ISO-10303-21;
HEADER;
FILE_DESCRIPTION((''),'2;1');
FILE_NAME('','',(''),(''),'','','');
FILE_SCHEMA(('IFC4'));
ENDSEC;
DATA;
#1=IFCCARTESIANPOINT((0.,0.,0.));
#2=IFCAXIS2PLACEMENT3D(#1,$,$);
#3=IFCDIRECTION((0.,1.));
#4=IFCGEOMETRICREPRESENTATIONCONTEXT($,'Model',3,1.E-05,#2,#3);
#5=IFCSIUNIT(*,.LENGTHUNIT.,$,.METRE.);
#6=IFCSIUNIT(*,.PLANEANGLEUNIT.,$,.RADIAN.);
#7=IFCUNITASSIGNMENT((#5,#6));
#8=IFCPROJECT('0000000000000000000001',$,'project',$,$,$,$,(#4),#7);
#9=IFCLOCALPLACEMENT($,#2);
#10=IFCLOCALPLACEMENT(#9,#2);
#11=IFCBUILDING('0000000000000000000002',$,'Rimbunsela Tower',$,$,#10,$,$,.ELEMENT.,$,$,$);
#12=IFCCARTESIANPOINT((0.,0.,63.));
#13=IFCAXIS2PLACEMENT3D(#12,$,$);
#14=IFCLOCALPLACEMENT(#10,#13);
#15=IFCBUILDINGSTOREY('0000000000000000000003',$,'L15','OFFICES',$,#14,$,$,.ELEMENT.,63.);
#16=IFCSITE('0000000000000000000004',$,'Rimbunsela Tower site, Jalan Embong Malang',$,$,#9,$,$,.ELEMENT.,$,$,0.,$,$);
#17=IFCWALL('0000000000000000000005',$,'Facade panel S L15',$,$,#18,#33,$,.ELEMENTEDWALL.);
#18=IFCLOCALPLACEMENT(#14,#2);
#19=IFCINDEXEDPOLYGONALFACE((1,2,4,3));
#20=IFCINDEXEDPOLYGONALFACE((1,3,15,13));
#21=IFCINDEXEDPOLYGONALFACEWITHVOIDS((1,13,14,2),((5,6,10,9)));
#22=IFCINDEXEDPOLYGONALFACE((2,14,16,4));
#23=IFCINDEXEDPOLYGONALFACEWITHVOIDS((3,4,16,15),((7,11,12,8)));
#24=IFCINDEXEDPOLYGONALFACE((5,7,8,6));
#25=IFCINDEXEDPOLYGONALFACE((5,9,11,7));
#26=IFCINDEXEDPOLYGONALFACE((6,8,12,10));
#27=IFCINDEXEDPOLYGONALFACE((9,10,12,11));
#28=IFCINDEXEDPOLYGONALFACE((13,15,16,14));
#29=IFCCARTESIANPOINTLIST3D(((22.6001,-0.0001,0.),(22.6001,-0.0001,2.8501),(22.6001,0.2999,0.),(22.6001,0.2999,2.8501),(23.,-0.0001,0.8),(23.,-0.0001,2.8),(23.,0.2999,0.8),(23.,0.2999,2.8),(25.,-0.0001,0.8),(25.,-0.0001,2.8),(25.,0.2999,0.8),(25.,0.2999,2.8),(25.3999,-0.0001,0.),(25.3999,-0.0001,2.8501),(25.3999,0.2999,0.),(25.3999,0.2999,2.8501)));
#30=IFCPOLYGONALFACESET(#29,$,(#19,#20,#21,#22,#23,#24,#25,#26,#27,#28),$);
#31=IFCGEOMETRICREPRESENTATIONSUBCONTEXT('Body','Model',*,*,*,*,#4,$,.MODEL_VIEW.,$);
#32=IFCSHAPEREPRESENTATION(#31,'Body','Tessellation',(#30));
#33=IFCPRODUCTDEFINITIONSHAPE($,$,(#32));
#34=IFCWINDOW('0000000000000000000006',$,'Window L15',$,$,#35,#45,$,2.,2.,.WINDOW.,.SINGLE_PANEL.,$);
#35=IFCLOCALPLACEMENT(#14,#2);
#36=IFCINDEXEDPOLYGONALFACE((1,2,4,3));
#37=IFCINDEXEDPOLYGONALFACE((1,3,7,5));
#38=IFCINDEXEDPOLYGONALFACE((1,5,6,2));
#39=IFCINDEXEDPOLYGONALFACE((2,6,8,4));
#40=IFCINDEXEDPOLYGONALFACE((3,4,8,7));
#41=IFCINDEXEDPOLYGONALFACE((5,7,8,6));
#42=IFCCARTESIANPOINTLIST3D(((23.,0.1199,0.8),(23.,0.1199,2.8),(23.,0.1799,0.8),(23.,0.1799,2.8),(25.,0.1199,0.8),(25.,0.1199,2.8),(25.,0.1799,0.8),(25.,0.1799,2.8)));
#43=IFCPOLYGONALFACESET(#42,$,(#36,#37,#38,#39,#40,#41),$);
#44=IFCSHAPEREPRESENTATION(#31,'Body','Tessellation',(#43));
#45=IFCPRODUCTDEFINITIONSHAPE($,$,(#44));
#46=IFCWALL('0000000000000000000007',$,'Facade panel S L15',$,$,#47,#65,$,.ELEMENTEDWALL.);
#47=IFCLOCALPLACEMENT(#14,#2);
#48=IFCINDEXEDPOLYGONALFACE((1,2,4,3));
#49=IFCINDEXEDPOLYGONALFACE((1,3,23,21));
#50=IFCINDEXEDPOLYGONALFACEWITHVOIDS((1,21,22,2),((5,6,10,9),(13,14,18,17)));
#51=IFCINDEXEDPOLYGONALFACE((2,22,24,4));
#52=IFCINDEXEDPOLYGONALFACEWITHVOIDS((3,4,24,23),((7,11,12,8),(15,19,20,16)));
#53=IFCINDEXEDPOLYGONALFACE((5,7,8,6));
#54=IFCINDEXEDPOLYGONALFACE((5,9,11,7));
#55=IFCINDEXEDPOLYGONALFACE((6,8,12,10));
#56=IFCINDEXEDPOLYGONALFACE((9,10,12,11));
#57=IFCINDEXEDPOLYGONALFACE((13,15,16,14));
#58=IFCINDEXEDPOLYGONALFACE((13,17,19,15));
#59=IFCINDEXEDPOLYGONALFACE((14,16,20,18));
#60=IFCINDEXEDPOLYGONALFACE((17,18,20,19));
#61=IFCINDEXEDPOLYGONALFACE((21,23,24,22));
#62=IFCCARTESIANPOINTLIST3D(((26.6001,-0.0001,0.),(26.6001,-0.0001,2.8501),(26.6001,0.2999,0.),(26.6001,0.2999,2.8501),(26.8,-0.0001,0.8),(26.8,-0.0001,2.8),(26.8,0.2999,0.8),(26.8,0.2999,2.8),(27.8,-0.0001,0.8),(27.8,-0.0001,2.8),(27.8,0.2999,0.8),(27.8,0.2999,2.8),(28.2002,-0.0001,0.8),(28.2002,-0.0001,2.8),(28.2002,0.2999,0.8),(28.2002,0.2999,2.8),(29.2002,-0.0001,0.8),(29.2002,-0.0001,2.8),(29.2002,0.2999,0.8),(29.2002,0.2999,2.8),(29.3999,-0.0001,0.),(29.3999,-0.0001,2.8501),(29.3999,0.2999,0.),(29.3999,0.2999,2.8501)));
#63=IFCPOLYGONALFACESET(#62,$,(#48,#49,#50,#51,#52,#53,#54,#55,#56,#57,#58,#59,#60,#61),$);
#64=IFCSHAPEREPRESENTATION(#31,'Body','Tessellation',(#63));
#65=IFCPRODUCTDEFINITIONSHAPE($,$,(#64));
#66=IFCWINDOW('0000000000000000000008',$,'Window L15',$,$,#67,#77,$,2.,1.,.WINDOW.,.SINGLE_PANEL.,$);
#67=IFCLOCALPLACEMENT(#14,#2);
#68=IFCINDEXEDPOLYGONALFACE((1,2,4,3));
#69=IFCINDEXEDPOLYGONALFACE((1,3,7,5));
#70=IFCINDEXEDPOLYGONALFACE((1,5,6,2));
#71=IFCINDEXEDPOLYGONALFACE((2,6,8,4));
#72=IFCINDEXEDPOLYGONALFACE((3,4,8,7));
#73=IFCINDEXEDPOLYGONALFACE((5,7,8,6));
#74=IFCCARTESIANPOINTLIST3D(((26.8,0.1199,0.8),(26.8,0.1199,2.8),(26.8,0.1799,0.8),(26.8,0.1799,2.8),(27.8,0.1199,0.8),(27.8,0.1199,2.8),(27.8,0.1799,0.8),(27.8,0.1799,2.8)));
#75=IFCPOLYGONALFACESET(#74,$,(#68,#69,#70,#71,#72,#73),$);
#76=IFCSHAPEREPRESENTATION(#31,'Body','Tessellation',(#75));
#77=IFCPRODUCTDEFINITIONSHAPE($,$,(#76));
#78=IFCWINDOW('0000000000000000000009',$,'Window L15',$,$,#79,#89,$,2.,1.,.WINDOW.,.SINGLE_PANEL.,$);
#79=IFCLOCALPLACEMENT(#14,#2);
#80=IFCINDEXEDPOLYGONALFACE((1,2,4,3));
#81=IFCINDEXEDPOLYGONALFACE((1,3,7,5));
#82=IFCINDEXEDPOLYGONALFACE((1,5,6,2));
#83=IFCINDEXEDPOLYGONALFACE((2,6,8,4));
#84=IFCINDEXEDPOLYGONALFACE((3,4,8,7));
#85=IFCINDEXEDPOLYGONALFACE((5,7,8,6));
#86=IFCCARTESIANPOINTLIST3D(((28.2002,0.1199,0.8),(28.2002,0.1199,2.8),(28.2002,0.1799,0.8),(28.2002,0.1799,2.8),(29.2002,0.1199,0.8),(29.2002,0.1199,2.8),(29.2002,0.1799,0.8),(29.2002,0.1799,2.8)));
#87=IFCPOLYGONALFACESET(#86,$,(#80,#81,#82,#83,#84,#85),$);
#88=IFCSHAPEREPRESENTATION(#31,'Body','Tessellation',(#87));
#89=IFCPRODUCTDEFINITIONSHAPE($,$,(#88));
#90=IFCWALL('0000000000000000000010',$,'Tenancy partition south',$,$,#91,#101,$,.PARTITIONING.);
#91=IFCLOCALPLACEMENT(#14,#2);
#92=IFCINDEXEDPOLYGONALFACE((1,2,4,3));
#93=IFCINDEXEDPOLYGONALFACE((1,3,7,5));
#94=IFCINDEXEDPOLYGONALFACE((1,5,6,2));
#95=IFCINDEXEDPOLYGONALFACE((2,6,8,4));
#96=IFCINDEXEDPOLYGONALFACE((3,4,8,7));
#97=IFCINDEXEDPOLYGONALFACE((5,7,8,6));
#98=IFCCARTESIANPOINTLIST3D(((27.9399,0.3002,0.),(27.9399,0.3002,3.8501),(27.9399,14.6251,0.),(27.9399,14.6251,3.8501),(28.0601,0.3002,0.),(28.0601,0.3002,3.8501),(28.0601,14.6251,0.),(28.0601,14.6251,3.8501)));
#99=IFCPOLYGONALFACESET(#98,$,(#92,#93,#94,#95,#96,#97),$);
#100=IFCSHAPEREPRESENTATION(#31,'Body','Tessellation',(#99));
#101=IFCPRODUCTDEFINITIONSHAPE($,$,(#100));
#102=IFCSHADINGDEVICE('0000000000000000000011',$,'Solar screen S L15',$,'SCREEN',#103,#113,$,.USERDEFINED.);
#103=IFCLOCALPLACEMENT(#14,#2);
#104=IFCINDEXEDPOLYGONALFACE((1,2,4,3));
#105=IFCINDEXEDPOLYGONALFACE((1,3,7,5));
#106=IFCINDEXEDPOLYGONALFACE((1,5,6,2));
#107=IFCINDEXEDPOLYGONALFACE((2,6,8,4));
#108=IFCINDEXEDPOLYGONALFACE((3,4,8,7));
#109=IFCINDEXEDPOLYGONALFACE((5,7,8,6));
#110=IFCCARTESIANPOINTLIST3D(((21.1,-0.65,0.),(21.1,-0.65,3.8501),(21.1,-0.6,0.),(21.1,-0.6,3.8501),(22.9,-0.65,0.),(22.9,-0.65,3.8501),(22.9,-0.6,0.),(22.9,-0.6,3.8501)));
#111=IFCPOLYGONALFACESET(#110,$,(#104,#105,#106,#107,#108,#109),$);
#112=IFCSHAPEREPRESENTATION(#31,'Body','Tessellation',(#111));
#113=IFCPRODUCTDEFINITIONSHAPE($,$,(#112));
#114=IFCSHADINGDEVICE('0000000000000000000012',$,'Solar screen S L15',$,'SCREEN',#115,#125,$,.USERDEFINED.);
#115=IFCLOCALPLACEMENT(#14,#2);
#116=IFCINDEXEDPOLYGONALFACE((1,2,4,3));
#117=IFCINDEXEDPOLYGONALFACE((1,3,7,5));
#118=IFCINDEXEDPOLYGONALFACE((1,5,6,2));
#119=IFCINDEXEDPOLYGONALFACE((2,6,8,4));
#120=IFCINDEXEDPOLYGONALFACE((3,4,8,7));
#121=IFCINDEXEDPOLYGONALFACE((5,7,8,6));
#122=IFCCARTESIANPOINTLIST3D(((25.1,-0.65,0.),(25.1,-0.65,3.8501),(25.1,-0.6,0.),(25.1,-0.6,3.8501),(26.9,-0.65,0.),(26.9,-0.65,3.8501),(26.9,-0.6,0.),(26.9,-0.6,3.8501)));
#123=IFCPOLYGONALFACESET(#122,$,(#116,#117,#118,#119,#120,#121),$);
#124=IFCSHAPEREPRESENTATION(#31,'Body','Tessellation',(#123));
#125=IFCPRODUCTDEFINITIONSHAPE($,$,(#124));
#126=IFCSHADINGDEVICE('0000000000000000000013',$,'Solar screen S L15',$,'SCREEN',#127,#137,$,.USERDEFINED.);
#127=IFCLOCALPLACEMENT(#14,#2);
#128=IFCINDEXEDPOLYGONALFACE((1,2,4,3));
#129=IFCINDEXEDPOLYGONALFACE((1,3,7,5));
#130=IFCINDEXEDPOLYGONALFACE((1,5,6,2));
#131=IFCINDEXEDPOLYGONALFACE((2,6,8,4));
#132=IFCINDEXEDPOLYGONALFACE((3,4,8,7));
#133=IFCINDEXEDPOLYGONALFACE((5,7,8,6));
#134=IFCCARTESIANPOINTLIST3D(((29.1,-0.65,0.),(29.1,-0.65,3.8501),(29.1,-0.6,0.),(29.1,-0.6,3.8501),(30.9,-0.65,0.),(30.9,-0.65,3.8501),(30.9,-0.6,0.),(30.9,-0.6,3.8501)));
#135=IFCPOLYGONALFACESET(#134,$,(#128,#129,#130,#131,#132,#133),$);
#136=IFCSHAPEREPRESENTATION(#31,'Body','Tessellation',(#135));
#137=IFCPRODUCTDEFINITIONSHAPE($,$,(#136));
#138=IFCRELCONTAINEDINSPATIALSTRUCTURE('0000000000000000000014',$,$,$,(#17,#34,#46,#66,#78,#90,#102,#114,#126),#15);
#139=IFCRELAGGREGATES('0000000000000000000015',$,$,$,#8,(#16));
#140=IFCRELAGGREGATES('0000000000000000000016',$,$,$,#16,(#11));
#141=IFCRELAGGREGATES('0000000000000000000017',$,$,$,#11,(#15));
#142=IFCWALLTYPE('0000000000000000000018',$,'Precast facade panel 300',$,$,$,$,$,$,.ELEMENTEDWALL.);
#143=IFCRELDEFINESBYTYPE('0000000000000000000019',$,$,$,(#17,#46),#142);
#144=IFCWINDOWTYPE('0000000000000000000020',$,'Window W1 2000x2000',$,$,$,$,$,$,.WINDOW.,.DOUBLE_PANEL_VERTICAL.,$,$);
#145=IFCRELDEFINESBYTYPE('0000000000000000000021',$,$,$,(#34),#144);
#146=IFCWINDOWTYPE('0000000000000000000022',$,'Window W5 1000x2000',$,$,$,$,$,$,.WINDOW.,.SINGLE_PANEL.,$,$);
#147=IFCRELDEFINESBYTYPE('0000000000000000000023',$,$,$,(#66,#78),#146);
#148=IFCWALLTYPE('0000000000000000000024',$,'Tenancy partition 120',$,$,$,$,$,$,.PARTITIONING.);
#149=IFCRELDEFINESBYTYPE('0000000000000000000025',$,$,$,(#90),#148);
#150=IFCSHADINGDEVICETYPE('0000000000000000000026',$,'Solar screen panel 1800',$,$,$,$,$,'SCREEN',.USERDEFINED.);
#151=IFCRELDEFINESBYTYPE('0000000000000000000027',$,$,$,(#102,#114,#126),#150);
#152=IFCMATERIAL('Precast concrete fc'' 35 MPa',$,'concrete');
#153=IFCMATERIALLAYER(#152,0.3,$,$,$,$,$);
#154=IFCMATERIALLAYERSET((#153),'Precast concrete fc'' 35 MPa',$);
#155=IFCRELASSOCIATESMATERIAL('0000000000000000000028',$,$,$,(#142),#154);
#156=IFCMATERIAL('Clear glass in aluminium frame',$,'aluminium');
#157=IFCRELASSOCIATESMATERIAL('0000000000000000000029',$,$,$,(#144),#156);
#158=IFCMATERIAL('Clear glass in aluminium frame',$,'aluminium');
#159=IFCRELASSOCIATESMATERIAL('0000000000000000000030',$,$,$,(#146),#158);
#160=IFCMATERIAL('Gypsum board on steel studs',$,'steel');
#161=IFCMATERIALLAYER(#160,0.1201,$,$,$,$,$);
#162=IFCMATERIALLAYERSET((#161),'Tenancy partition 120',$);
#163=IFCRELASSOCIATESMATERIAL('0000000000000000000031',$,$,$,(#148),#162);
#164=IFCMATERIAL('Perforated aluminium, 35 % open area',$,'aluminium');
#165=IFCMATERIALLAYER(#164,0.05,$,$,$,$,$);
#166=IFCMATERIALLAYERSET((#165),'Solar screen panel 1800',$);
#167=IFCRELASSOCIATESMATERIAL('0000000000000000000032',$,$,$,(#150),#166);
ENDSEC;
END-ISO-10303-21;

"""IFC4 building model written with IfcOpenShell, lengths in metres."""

from ifc_helpers import new_model, si_unit, direction, frame, frame_2d, origin, origin_2d, place, context, subcontext, project, spatial, rectangle, extrude, material, layer, layer_set, type_object, element, fill, save


model = new_model("IFC4")

# Units and contexts
model_context = context("Model", 3, precision=1e-05, world=origin(), true_north=direction((0.0, 1.0)))
body_context = subcontext(model_context, "Body", "Model", "MODEL_VIEW")
ifc_project = project(units=[si_unit("LENGTHUNIT", "METRE"), si_unit("PLANEANGLEUNIT", "RADIAN")], contexts=[model_context])

# Site, building, storey
site_placement = place(None, origin())
site = spatial("IfcSite", under=ifc_project, at=site_placement, Name="Rimbunsela Tower site, Jalan Embong Malang", CompositionType="ELEMENT", RefElevation=0.0)
building_placement = place(site_placement, origin())
building = spatial("IfcBuilding", under=site, at=building_placement, Name="Rimbunsela Tower", CompositionType="ELEMENT")
storey_placement = place(building_placement, frame((0.0, 0.0, 63.0)))
storey = spatial("IfcBuildingStorey", under=building, at=storey_placement, Name="L15", Description="OFFICES", CompositionType="ELEMENT", Elevation=63.0)

# Wall, opening, window
ifc_material_1 = material(Name="Precast concrete fc' 35 MPa", Category="concrete")
ifc_layer_1 = layer(ifc_material_1, 0.3)
ifc_layer_set_1 = layer_set([ifc_layer_1], Name="Precast concrete fc' 35 MPa")
wall_type_1 = type_object("IfcWallType", Name="Precast facade panel 300", PredefinedType="ELEMENTEDWALL", material=ifc_layer_set_1)
wall_1_placement = place(storey_placement, frame((22.6001, 0.1499, 0.0), z_axis=(0.0, 0.0, 1.0), x_axis=(1.0, 0.0, 0.0)))
wall_1 = element("IfcWall", 1, at=wall_1_placement, inside=storey, type_object=wall_type_1, Name="Facade panel S L15", PredefinedType="ELEMENTEDWALL", context=body_context, shape_type="SweptSolid", body=[
    extrude(rectangle(XDim=2.7998, YDim=0.3, at=frame_2d((1.3999, 0.0))), origin(), (0.0, 0.0, 1.0), 2.8501),
])
opening_1_placement = place(wall_1_placement, frame((0.3999, 0.0, 0.8)))
opening_1 = element("IfcOpeningElement", 2, at=opening_1_placement, cuts=wall_1, PredefinedType="OPENING", context=body_context, shape_type="SweptSolid", body=[
    extrude(rectangle(XDim=2.0, YDim=2.0, at=frame_2d((1.0, 1.0))), frame((0.0, 0.1599, 0.0), z_axis=(0.0, -1.0, 0.0), x_axis=(1.0, 0.0, 0.0)), (0.0, 0.0, 1.0), 0.3201),
])
ifc_material_2 = material(Name="Clear glass in aluminium frame", Category="aluminium")
window_type_1 = type_object("IfcWindowType", Name="Window W1 2000x2000", PartitioningType="DOUBLE_PANEL_VERTICAL", PredefinedType="WINDOW", material=ifc_material_2)
window_1_placement = place(opening_1_placement, origin())
window_1 = element("IfcWindow", 3, at=window_1_placement, inside=storey, type_object=window_type_1, Name="Window L15", OverallHeight=2.0, OverallWidth=2.0, PartitioningType="SINGLE_PANEL", PredefinedType="WINDOW", context=body_context, shape_type="SweptSolid", body=[
    extrude(rectangle(XDim=2.0, YDim=2.0, at=frame_2d((1.0, 1.0))), frame((0.0, 0.03, 0.0), z_axis=(0.0, -1.0, 0.0), x_axis=(1.0, 0.0, 0.0)), (0.0, 0.0, 1.0), 0.0601),
])
fill(opening_1, window_1)

# Wall, openings, windows
wall_2_placement = place(storey_placement, frame((26.6001, 0.1499, 0.0), z_axis=(0.0, 0.0, 1.0), x_axis=(1.0, 0.0, 0.0)))
wall_2 = element("IfcWall", 4, at=wall_2_placement, inside=storey, type_object=wall_type_1, Name="Facade panel S L15", PredefinedType="ELEMENTEDWALL", context=body_context, shape_type="SweptSolid", body=[
    extrude(rectangle(XDim=2.7998, YDim=0.3, at=frame_2d((1.3999, 0.0))), origin(), (0.0, 0.0, 1.0), 2.8501),
])
opening_2_placement = place(wall_2_placement, frame((0.2, 0.0, 0.8)))
opening_2 = element("IfcOpeningElement", 5, at=opening_2_placement, cuts=wall_2, PredefinedType="OPENING", context=body_context, shape_type="SweptSolid", body=[
    extrude(rectangle(XDim=1.0, YDim=2.0, at=frame_2d((0.5, 1.0))), frame((0.0, 0.1599, 0.0), z_axis=(0.0, -1.0, 0.0), x_axis=(1.0, 0.0, 0.0)), (0.0, 0.0, 1.0), 0.3201),
])
opening_3_placement = place(wall_2_placement, frame((1.6001, 0.0, 0.8)))
opening_3 = element("IfcOpeningElement", 6, at=opening_3_placement, cuts=wall_2, PredefinedType="OPENING", context=body_context, shape_type="SweptSolid", body=[
    extrude(rectangle(XDim=1.0, YDim=2.0, at=frame_2d((0.5, 1.0))), frame((0.0, 0.1599, 0.0), z_axis=(0.0, -1.0, 0.0), x_axis=(1.0, 0.0, 0.0)), (0.0, 0.0, 1.0), 0.3201),
])
ifc_material_3 = material(Name="Clear glass in aluminium frame", Category="aluminium")
window_type_2 = type_object("IfcWindowType", Name="Window W5 1000x2000", PartitioningType="SINGLE_PANEL", PredefinedType="WINDOW", material=ifc_material_3)
window_2_placement = place(opening_2_placement, origin())
window_2 = element("IfcWindow", 7, at=window_2_placement, inside=storey, type_object=window_type_2, Name="Window L15", OverallHeight=2.0, OverallWidth=1.0, PartitioningType="SINGLE_PANEL", PredefinedType="WINDOW", context=body_context, shape_type="SweptSolid", body=[
    extrude(rectangle(XDim=1.0, YDim=2.0, at=frame_2d((0.5, 1.0))), frame((0.0, 0.03, 0.0), z_axis=(0.0, -1.0, 0.0), x_axis=(1.0, 0.0, 0.0)), (0.0, 0.0, 1.0), 0.0601),
])
fill(opening_2, window_2)
window_3_placement = place(opening_3_placement, origin())
window_3 = element("IfcWindow", 8, at=window_3_placement, inside=storey, type_object=window_type_2, Name="Window L15", OverallHeight=2.0, OverallWidth=1.0, PartitioningType="SINGLE_PANEL", PredefinedType="WINDOW", context=body_context, shape_type="SweptSolid", body=[
    extrude(rectangle(XDim=1.0, YDim=2.0, at=frame_2d((0.5, 1.0))), frame((0.0, 0.03, 0.0), z_axis=(0.0, -1.0, 0.0), x_axis=(1.0, 0.0, 0.0)), (0.0, 0.0, 1.0), 0.0601),
])
fill(opening_3, window_3)

# Wall
ifc_material_4 = material(Name="Gypsum board on steel studs", Category="steel")
ifc_layer_2 = layer(ifc_material_4, 0.1201)
ifc_layer_set_2 = layer_set([ifc_layer_2], Name="Tenancy partition 120")
wall_type_2 = type_object("IfcWallType", Name="Tenancy partition 120", PredefinedType="PARTITIONING", material=ifc_layer_set_2)
wall_3_placement = place(storey_placement, frame((28.0, 0.3, 0.0), z_axis=(0.0, 0.0, 1.0), x_axis=(0.0, 1.0, 0.0)))
element("IfcWall", 9, at=wall_3_placement, inside=storey, type_object=wall_type_2, Name="Tenancy partition south", PredefinedType="PARTITIONING", context=body_context, shape_type="SweptSolid", body=[
    extrude(rectangle(XDim=14.325, YDim=0.1201, at=frame_2d((7.1626, 0.0))), origin(), (0.0, 0.0, 1.0), 3.8501),
])

# Shading devices
ifc_material_5 = material(Name="Perforated aluminium, 35 % open area", Category="aluminium")
ifc_layer_3 = layer(ifc_material_5, 0.05)
ifc_layer_set_3 = layer_set([ifc_layer_3], Name="Solar screen panel 1800")
shading_device_type = type_object("IfcShadingDeviceType", Name="Solar screen panel 1800", ElementType="SCREEN", PredefinedType="USERDEFINED", material=ifc_layer_set_3)
for number, where, z_axis, x_axis, name in (
    (10, (22.0, -0.625, 0.0), (0.0, 0.0, 1.0), (1.0, 0.0, 0.0), "Solar screen S L15"),
    (11, (26.0, -0.625, 0.0), (0.0, 0.0, 1.0), (1.0, 0.0, 0.0), "Solar screen S L15"),
    (12, (30.0, -0.625, 0.0), (0.0, 0.0, 1.0), (1.0, 0.0, 0.0), "Solar screen S L15"),
):
    element("IfcShadingDevice", number, at=place(storey_placement, frame(where, z_axis=z_axis, x_axis=x_axis)), inside=storey, type_object=shading_device_type, Name=name, ObjectType="SCREEN", PredefinedType="USERDEFINED", context=body_context, shape_type="SweptSolid", body=[
        extrude(rectangle(XDim=1.8, YDim=0.05, at=origin_2d()), origin(), (0.0, 0.0, 1.0), 3.8501),
    ])

save(model, "model.ifc")
